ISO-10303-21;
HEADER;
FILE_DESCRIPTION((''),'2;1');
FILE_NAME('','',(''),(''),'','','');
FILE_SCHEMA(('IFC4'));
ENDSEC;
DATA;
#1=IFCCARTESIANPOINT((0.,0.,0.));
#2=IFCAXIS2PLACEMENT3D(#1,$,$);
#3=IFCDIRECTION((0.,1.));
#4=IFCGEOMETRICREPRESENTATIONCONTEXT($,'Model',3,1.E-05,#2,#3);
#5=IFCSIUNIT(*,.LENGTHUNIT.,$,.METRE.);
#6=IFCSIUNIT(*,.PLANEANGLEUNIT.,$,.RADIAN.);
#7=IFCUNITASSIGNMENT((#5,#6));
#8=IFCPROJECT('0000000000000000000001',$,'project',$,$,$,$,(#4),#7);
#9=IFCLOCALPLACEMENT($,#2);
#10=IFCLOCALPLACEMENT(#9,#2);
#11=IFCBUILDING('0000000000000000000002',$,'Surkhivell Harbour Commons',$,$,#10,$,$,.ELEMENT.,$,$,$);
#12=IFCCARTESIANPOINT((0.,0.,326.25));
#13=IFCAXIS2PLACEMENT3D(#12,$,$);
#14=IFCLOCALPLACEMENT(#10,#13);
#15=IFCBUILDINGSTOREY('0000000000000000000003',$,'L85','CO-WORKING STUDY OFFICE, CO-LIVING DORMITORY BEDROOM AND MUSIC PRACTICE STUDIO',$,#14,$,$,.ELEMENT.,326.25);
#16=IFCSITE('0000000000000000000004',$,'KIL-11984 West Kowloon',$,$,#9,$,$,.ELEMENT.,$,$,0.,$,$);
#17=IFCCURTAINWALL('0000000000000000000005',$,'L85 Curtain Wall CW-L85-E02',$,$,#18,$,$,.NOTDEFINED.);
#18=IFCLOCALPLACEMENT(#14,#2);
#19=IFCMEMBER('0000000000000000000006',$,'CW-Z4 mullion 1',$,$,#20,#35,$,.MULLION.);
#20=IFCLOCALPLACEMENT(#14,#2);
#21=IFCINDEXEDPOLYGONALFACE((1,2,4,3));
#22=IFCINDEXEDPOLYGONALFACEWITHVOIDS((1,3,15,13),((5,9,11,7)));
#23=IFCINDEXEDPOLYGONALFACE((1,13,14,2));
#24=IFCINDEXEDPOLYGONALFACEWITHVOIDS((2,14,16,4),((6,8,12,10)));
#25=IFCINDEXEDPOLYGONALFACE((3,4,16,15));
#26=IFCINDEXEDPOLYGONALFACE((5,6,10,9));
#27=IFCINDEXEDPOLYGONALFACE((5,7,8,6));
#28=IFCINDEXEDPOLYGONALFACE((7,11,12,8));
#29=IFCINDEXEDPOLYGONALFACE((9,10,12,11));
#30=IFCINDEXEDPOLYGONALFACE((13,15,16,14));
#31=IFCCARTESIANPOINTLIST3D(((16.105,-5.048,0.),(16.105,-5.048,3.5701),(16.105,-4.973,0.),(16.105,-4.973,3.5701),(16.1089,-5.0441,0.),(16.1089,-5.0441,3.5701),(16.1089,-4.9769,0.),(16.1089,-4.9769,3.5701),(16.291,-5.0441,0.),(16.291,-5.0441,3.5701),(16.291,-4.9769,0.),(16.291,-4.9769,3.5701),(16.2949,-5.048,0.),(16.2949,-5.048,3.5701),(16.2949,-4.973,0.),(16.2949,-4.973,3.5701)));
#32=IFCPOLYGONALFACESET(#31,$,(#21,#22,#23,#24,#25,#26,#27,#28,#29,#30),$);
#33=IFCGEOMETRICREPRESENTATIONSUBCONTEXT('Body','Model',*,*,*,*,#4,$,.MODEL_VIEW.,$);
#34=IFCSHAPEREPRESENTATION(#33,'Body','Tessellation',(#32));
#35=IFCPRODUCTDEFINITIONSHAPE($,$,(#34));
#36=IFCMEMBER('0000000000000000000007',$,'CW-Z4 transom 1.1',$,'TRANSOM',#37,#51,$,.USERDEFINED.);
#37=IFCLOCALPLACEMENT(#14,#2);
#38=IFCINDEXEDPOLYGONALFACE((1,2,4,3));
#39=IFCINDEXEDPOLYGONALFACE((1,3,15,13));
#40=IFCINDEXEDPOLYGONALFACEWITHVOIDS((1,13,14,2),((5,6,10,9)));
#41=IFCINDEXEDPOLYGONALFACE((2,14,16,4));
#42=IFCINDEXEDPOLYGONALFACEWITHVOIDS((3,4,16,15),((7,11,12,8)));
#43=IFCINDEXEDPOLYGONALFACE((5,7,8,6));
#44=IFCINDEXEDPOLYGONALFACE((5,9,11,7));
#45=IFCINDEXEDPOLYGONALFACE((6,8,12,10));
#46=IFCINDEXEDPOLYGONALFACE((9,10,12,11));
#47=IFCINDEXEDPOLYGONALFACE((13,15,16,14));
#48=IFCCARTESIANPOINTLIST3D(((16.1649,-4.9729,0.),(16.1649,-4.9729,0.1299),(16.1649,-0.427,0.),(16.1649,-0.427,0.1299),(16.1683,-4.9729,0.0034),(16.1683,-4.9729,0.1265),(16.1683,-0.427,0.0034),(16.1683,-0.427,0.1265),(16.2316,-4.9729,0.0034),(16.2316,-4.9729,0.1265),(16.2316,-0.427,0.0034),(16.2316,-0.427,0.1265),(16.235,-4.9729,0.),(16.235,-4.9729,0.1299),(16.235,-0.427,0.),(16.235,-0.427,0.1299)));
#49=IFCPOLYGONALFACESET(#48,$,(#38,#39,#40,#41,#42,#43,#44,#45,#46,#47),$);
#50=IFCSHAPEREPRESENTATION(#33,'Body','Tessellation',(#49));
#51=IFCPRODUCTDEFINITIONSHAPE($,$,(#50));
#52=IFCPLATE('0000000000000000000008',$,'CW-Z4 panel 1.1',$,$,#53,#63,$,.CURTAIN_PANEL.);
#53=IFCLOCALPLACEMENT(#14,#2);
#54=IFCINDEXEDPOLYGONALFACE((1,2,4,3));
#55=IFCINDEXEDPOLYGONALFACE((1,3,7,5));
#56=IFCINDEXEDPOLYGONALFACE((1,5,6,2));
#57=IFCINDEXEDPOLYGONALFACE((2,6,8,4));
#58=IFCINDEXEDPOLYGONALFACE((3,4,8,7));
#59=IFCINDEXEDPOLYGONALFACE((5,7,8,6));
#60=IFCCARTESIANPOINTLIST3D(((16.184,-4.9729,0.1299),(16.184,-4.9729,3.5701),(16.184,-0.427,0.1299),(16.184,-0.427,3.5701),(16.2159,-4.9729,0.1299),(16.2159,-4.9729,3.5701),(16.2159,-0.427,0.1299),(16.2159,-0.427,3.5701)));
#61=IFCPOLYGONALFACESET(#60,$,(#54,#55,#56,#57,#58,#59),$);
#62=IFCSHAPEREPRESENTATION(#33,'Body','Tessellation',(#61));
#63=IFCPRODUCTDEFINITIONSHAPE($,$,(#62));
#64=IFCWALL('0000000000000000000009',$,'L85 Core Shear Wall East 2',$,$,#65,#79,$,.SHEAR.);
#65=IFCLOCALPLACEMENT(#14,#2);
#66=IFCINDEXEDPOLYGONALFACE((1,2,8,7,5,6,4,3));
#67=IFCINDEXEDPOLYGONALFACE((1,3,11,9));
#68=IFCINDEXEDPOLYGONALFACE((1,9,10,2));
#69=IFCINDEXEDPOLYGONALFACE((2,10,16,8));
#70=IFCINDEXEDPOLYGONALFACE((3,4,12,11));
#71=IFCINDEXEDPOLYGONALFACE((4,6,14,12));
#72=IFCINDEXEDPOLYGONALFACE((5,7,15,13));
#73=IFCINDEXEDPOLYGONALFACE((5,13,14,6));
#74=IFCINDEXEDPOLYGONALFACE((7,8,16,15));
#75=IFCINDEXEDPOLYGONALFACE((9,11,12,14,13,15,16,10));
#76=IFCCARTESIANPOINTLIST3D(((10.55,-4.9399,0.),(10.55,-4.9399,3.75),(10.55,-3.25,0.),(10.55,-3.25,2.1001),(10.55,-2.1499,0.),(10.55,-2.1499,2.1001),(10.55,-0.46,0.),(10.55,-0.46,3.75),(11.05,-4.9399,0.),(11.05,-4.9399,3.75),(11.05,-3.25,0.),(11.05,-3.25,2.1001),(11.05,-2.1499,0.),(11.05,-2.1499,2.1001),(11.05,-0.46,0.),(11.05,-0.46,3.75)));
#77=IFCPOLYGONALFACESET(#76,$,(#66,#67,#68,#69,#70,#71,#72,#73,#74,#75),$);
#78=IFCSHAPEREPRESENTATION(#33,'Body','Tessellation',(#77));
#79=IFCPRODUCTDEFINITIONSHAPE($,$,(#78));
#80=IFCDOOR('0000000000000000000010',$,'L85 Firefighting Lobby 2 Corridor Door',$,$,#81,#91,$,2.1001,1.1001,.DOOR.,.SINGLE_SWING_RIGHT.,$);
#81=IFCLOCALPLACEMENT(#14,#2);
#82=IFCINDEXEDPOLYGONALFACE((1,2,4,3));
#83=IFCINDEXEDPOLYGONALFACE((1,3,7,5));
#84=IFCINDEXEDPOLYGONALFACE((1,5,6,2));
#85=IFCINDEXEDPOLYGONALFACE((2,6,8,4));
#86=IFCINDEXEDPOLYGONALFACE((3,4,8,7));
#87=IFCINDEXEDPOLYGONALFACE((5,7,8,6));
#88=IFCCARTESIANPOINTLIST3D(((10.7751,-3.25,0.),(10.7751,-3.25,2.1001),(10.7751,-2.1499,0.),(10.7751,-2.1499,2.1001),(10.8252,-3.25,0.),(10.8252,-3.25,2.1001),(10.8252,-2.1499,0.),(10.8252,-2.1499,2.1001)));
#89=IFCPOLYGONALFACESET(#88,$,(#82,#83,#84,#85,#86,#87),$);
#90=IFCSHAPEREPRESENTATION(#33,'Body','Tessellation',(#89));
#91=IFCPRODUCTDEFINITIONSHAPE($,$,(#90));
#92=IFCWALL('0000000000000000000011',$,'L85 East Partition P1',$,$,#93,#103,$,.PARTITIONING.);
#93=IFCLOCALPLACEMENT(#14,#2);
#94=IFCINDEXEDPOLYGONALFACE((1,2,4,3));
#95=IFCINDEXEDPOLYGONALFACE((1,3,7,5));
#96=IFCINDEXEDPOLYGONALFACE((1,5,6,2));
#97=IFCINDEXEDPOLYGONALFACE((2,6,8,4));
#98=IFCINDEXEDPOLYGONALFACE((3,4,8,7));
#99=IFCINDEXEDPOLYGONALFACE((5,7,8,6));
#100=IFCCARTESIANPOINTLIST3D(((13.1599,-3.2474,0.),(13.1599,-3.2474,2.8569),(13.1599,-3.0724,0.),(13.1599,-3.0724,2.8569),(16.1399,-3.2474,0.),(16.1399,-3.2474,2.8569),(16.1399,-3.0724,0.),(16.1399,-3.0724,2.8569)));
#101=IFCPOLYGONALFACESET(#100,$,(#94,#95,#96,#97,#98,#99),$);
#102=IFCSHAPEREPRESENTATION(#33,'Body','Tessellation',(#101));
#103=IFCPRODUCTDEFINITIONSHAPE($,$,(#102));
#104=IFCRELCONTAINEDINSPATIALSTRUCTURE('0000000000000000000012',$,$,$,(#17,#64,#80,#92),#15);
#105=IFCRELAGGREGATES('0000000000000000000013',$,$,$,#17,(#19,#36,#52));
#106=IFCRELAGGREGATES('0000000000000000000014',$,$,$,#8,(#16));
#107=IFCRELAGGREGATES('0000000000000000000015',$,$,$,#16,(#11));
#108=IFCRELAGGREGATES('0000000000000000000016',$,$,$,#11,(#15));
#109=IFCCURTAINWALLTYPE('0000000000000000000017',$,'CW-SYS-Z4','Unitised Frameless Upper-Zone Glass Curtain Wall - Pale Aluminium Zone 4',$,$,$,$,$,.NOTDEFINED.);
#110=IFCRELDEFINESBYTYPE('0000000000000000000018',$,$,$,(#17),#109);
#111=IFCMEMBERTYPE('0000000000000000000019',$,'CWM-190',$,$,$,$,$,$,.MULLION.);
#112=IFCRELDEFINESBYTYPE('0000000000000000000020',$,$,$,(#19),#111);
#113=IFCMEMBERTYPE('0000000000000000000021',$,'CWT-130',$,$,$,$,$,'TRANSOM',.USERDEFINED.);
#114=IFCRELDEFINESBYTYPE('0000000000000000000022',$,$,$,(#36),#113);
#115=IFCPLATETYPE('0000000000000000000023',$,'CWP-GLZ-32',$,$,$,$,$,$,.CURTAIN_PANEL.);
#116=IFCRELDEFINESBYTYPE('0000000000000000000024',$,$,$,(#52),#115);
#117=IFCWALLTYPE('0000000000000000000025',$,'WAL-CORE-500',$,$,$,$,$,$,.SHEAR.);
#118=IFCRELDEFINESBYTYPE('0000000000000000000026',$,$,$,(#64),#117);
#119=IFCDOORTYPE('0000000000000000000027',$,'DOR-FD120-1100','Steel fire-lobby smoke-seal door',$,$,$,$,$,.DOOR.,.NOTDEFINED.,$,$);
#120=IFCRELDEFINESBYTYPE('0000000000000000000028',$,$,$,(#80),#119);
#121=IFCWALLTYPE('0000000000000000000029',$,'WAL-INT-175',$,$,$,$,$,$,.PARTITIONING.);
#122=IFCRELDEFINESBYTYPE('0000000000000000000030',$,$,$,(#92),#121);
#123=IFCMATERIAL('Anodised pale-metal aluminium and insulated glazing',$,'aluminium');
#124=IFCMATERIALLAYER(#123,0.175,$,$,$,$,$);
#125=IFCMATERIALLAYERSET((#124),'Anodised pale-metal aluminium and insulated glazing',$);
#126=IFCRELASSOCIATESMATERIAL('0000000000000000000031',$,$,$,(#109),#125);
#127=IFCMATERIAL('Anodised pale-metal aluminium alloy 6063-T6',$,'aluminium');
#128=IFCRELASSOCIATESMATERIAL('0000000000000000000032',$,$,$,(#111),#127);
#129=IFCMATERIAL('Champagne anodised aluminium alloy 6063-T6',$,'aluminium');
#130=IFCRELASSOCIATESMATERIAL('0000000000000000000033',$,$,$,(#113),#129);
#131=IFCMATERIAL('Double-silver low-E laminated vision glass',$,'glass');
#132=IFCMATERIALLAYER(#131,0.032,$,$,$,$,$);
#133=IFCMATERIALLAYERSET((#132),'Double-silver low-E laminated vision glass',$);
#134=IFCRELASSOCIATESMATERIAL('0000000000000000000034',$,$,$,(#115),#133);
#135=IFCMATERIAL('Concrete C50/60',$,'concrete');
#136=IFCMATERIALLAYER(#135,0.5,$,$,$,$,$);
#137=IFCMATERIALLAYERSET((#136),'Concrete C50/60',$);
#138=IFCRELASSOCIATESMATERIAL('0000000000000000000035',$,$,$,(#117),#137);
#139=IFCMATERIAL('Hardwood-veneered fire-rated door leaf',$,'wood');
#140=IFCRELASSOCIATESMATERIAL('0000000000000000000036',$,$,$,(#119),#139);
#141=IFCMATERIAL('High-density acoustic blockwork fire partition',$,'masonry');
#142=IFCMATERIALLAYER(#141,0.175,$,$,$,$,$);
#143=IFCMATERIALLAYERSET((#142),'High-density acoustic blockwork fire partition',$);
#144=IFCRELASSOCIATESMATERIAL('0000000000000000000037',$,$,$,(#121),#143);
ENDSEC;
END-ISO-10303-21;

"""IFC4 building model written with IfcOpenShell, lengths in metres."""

from ifc_helpers import new_model, si_unit, direction, frame, frame_2d, origin, origin_2d, place, context, subcontext, project, spatial, rectangle, hollow_rectangle, extrude, material, layer, layer_set, material_profile, profile_set, type_object, element, fill, aggregate, save


model = new_model("IFC4")

# Units and contexts
model_context = context("Model", 3, precision=1e-05, world=origin(), true_north=direction((0.0, 1.0)))
body_context = subcontext(model_context, "Body", "Model", "MODEL_VIEW")
ifc_project = project(units=[si_unit("LENGTHUNIT", "METRE"), si_unit("PLANEANGLEUNIT", "RADIAN")], contexts=[model_context])

# Site, building, storey
site_placement = place(None, origin())
site = spatial("IfcSite", under=ifc_project, at=site_placement, Name="KIL-11984 West Kowloon", CompositionType="ELEMENT", RefElevation=0.0)
building_placement = place(site_placement, origin())
building = spatial("IfcBuilding", under=site, at=building_placement, Name="Surkhivell Harbour Commons", CompositionType="ELEMENT")
storey_placement = place(building_placement, frame((0.0, 0.0, 326.25)))
storey = spatial("IfcBuildingStorey", under=building, at=storey_placement, Name="L85", Description="CO-WORKING STUDY OFFICE, CO-LIVING DORMITORY BEDROOM AND MUSIC PRACTICE STUDIO", CompositionType="ELEMENT", Elevation=326.25)

# Shared definitions
ifc_material_1 = material(Name="Concrete C50/60", Category="concrete")

# Shared definitions
ifc_material_2 = material(Name="Anodised pale-metal aluminium and insulated glazing", Category="aluminium")
ifc_layer_1 = layer(ifc_material_2, 0.175)
ifc_layer_set_1 = layer_set([ifc_layer_1], Name="Anodised pale-metal aluminium and insulated glazing")
curtain_wall_type = type_object("IfcCurtainWallType", Name="CW-SYS-Z4", Description="Unitised Frameless Upper-Zone Glass Curtain Wall - Pale Aluminium Zone 4", PredefinedType="NOTDEFINED", material=ifc_layer_set_1)
ifc_material_3 = material(Name="Anodised pale-metal aluminium alloy 6063-T6", Category="aluminium")
ifc_material_profile_1 = material_profile(ifc_material_3, hollow_rectangle(XDim=0.075, YDim=0.1899, WallThickness=0.0039, at=origin_2d()), Name="ALU-MULL-75x190")
ifc_profile_set_1 = profile_set([ifc_material_profile_1], Name="Anodised pale-metal aluminium alloy 6063-T6")
member_type_1 = type_object("IfcMemberType", Name="CWM-190", PredefinedType="MULLION", material=ifc_profile_set_1)

# Curtain wall, members, plate
curtain_wall_1_placement = place(storey_placement, origin())
curtain_wall_1 = element("IfcCurtainWall", 1, at=curtain_wall_1_placement, inside=storey, type_object=curtain_wall_type, Name="L85 Curtain Wall CW-L85-E02", PredefinedType="NOTDEFINED")
member_1_placement = place(storey_placement, frame((16.2, -5.0105, 0.0), z_axis=(0.0, 0.0, 1.0), x_axis=(0.0, 1.0, 0.0)))
member_1 = element("IfcMember", 2, at=member_1_placement, type_object=member_type_1, Name="CW-Z4 mullion 1", PredefinedType="MULLION", context=body_context, shape_type="SweptSolid", body=[
    extrude(hollow_rectangle(XDim=0.075, YDim=0.1899, WallThickness=0.0039, at=origin_2d()), origin(), (0.0, 0.0, 1.0), 3.5701),
])
ifc_material_4 = material(Name="Champagne anodised aluminium alloy 6063-T6", Category="aluminium")
ifc_material_profile_2 = material_profile(ifc_material_4, hollow_rectangle(XDim=0.0701, YDim=0.1299, WallThickness=0.0034, at=origin_2d()), Name="ALU-TRAN-70x130")
ifc_profile_set_2 = profile_set([ifc_material_profile_2], Name="Champagne anodised aluminium alloy 6063-T6")
member_type_2 = type_object("IfcMemberType", Name="CWT-130", ElementType="TRANSOM", PredefinedType="USERDEFINED", material=ifc_profile_set_2)
member_2_placement = place(storey_placement, frame((16.2, -4.9729, 0.0649), z_axis=(0.0, 1.0, 0.0), x_axis=(-1.0, 0.0, 0.0)))
member_2 = element("IfcMember", 3, at=member_2_placement, type_object=member_type_2, Name="CW-Z4 transom 1.1", ObjectType="TRANSOM", PredefinedType="USERDEFINED", context=body_context, shape_type="SweptSolid", body=[
    extrude(hollow_rectangle(XDim=0.0701, YDim=0.1299, WallThickness=0.0034, at=origin_2d()), origin(), (0.0, 0.0, 1.0), 4.5459),
])
ifc_material_5 = material(Name="Double-silver low-E laminated vision glass", Category="glass")
ifc_layer_2 = layer(ifc_material_5, 0.032)
ifc_layer_set_2 = layer_set([ifc_layer_2], Name="Double-silver low-E laminated vision glass")
plate_type = type_object("IfcPlateType", Name="CWP-GLZ-32", PredefinedType="CURTAIN_PANEL", material=ifc_layer_set_2)
plate_placement = place(storey_placement, frame((16.2, -4.9729, 0.1299), z_axis=(0.0, 0.0, 1.0), x_axis=(0.0, 1.0, 0.0)))
plate = element("IfcPlate", 4, at=plate_placement, type_object=plate_type, Name="CW-Z4 panel 1.1", PredefinedType="CURTAIN_PANEL", context=body_context, shape_type="SweptSolid", body=[
    extrude(rectangle(XDim=4.5459, YDim=0.032, at=frame_2d((2.2729, 0.0))), origin(), (0.0, 0.0, 1.0), 3.4402),
])
aggregate(curtain_wall_1, [member_1, member_2, plate])

# Wall, opening, door
ifc_layer_3 = layer(ifc_material_1, 0.5)
ifc_layer_set_3 = layer_set([ifc_layer_3], Name="Concrete C50/60")
wall_type_1 = type_object("IfcWallType", Name="WAL-CORE-500", PredefinedType="SHEAR", material=ifc_layer_set_3)
wall_1_placement = place(storey_placement, frame((10.8, -4.9399, 0.0), z_axis=(0.0, 0.0, 1.0), x_axis=(0.0, 1.0, 0.0)))
wall_1 = element("IfcWall", 5, at=wall_1_placement, inside=storey, type_object=wall_type_1, Name="L85 Core Shear Wall East 2", PredefinedType="SHEAR", context=body_context, shape_type="SweptSolid", body=[
    extrude(rectangle(XDim=4.48, YDim=0.5, at=frame_2d((2.24, 0.0))), origin(), (0.0, 0.0, 1.0), 3.75),
])
opening_1_placement = place(wall_1_placement, frame((1.6899, 0.0, 0.0)))
opening_1 = element("IfcOpeningElement", 6, at=opening_1_placement, cuts=wall_1, PredefinedType="OPENING", context=body_context, shape_type="SweptSolid", body=[
    extrude(rectangle(XDim=1.1001, YDim=2.1001, at=frame_2d((0.55, 1.05))), frame((0.0, 0.26, 0.0), z_axis=(0.0, -1.0, 0.0), x_axis=(1.0, 0.0, 0.0)), (0.0, 0.0, 1.0), 0.52),
])
ifc_material_6 = material(Name="Hardwood-veneered fire-rated door leaf", Category="wood")
door_type_1 = type_object("IfcDoorType", Name="DOR-FD120-1100", Description="Steel fire-lobby smoke-seal door", OperationType="NOTDEFINED", PredefinedType="DOOR", material=ifc_material_6)
door_1_placement = place(opening_1_placement, origin())
door_1 = element("IfcDoor", 7, at=door_1_placement, inside=storey, type_object=door_type_1, Name="L85 Firefighting Lobby 2 Corridor Door", OperationType="SINGLE_SWING_RIGHT", OverallHeight=2.1001, OverallWidth=1.1001, PredefinedType="DOOR", context=body_context, shape_type="SweptSolid", body=[
    extrude(rectangle(XDim=1.1001, YDim=2.1001, at=frame_2d((0.55, 1.05))), frame((0.0, 0.0249, 0.0), z_axis=(0.0, -1.0, 0.0), x_axis=(1.0, 0.0, 0.0)), (0.0, 0.0, 1.0), 0.05),
])
fill(opening_1, door_1)

# Wall
ifc_material_7 = material(Name="High-density acoustic blockwork fire partition", Category="masonry")
ifc_layer_4 = layer(ifc_material_7, 0.175)
ifc_layer_set_4 = layer_set([ifc_layer_4], Name="High-density acoustic blockwork fire partition")
wall_type_2 = type_object("IfcWallType", Name="WAL-INT-175", PredefinedType="PARTITIONING", material=ifc_layer_set_4)
wall_2_placement = place(storey_placement, frame((13.1599, -3.1599, 0.0), z_axis=(0.0, 0.0, 1.0), x_axis=(1.0, 0.0, 0.0)))
element("IfcWall", 8, at=wall_2_placement, inside=storey, type_object=wall_type_2, Name="L85 East Partition P1", PredefinedType="PARTITIONING", context=body_context, shape_type="SweptSolid", body=[
    extrude(rectangle(XDim=2.98, YDim=0.175, at=frame_2d((1.49, 0.0))), origin(), (0.0, 0.0, 1.0), 2.8569),
])

save(model, "model.ifc")
